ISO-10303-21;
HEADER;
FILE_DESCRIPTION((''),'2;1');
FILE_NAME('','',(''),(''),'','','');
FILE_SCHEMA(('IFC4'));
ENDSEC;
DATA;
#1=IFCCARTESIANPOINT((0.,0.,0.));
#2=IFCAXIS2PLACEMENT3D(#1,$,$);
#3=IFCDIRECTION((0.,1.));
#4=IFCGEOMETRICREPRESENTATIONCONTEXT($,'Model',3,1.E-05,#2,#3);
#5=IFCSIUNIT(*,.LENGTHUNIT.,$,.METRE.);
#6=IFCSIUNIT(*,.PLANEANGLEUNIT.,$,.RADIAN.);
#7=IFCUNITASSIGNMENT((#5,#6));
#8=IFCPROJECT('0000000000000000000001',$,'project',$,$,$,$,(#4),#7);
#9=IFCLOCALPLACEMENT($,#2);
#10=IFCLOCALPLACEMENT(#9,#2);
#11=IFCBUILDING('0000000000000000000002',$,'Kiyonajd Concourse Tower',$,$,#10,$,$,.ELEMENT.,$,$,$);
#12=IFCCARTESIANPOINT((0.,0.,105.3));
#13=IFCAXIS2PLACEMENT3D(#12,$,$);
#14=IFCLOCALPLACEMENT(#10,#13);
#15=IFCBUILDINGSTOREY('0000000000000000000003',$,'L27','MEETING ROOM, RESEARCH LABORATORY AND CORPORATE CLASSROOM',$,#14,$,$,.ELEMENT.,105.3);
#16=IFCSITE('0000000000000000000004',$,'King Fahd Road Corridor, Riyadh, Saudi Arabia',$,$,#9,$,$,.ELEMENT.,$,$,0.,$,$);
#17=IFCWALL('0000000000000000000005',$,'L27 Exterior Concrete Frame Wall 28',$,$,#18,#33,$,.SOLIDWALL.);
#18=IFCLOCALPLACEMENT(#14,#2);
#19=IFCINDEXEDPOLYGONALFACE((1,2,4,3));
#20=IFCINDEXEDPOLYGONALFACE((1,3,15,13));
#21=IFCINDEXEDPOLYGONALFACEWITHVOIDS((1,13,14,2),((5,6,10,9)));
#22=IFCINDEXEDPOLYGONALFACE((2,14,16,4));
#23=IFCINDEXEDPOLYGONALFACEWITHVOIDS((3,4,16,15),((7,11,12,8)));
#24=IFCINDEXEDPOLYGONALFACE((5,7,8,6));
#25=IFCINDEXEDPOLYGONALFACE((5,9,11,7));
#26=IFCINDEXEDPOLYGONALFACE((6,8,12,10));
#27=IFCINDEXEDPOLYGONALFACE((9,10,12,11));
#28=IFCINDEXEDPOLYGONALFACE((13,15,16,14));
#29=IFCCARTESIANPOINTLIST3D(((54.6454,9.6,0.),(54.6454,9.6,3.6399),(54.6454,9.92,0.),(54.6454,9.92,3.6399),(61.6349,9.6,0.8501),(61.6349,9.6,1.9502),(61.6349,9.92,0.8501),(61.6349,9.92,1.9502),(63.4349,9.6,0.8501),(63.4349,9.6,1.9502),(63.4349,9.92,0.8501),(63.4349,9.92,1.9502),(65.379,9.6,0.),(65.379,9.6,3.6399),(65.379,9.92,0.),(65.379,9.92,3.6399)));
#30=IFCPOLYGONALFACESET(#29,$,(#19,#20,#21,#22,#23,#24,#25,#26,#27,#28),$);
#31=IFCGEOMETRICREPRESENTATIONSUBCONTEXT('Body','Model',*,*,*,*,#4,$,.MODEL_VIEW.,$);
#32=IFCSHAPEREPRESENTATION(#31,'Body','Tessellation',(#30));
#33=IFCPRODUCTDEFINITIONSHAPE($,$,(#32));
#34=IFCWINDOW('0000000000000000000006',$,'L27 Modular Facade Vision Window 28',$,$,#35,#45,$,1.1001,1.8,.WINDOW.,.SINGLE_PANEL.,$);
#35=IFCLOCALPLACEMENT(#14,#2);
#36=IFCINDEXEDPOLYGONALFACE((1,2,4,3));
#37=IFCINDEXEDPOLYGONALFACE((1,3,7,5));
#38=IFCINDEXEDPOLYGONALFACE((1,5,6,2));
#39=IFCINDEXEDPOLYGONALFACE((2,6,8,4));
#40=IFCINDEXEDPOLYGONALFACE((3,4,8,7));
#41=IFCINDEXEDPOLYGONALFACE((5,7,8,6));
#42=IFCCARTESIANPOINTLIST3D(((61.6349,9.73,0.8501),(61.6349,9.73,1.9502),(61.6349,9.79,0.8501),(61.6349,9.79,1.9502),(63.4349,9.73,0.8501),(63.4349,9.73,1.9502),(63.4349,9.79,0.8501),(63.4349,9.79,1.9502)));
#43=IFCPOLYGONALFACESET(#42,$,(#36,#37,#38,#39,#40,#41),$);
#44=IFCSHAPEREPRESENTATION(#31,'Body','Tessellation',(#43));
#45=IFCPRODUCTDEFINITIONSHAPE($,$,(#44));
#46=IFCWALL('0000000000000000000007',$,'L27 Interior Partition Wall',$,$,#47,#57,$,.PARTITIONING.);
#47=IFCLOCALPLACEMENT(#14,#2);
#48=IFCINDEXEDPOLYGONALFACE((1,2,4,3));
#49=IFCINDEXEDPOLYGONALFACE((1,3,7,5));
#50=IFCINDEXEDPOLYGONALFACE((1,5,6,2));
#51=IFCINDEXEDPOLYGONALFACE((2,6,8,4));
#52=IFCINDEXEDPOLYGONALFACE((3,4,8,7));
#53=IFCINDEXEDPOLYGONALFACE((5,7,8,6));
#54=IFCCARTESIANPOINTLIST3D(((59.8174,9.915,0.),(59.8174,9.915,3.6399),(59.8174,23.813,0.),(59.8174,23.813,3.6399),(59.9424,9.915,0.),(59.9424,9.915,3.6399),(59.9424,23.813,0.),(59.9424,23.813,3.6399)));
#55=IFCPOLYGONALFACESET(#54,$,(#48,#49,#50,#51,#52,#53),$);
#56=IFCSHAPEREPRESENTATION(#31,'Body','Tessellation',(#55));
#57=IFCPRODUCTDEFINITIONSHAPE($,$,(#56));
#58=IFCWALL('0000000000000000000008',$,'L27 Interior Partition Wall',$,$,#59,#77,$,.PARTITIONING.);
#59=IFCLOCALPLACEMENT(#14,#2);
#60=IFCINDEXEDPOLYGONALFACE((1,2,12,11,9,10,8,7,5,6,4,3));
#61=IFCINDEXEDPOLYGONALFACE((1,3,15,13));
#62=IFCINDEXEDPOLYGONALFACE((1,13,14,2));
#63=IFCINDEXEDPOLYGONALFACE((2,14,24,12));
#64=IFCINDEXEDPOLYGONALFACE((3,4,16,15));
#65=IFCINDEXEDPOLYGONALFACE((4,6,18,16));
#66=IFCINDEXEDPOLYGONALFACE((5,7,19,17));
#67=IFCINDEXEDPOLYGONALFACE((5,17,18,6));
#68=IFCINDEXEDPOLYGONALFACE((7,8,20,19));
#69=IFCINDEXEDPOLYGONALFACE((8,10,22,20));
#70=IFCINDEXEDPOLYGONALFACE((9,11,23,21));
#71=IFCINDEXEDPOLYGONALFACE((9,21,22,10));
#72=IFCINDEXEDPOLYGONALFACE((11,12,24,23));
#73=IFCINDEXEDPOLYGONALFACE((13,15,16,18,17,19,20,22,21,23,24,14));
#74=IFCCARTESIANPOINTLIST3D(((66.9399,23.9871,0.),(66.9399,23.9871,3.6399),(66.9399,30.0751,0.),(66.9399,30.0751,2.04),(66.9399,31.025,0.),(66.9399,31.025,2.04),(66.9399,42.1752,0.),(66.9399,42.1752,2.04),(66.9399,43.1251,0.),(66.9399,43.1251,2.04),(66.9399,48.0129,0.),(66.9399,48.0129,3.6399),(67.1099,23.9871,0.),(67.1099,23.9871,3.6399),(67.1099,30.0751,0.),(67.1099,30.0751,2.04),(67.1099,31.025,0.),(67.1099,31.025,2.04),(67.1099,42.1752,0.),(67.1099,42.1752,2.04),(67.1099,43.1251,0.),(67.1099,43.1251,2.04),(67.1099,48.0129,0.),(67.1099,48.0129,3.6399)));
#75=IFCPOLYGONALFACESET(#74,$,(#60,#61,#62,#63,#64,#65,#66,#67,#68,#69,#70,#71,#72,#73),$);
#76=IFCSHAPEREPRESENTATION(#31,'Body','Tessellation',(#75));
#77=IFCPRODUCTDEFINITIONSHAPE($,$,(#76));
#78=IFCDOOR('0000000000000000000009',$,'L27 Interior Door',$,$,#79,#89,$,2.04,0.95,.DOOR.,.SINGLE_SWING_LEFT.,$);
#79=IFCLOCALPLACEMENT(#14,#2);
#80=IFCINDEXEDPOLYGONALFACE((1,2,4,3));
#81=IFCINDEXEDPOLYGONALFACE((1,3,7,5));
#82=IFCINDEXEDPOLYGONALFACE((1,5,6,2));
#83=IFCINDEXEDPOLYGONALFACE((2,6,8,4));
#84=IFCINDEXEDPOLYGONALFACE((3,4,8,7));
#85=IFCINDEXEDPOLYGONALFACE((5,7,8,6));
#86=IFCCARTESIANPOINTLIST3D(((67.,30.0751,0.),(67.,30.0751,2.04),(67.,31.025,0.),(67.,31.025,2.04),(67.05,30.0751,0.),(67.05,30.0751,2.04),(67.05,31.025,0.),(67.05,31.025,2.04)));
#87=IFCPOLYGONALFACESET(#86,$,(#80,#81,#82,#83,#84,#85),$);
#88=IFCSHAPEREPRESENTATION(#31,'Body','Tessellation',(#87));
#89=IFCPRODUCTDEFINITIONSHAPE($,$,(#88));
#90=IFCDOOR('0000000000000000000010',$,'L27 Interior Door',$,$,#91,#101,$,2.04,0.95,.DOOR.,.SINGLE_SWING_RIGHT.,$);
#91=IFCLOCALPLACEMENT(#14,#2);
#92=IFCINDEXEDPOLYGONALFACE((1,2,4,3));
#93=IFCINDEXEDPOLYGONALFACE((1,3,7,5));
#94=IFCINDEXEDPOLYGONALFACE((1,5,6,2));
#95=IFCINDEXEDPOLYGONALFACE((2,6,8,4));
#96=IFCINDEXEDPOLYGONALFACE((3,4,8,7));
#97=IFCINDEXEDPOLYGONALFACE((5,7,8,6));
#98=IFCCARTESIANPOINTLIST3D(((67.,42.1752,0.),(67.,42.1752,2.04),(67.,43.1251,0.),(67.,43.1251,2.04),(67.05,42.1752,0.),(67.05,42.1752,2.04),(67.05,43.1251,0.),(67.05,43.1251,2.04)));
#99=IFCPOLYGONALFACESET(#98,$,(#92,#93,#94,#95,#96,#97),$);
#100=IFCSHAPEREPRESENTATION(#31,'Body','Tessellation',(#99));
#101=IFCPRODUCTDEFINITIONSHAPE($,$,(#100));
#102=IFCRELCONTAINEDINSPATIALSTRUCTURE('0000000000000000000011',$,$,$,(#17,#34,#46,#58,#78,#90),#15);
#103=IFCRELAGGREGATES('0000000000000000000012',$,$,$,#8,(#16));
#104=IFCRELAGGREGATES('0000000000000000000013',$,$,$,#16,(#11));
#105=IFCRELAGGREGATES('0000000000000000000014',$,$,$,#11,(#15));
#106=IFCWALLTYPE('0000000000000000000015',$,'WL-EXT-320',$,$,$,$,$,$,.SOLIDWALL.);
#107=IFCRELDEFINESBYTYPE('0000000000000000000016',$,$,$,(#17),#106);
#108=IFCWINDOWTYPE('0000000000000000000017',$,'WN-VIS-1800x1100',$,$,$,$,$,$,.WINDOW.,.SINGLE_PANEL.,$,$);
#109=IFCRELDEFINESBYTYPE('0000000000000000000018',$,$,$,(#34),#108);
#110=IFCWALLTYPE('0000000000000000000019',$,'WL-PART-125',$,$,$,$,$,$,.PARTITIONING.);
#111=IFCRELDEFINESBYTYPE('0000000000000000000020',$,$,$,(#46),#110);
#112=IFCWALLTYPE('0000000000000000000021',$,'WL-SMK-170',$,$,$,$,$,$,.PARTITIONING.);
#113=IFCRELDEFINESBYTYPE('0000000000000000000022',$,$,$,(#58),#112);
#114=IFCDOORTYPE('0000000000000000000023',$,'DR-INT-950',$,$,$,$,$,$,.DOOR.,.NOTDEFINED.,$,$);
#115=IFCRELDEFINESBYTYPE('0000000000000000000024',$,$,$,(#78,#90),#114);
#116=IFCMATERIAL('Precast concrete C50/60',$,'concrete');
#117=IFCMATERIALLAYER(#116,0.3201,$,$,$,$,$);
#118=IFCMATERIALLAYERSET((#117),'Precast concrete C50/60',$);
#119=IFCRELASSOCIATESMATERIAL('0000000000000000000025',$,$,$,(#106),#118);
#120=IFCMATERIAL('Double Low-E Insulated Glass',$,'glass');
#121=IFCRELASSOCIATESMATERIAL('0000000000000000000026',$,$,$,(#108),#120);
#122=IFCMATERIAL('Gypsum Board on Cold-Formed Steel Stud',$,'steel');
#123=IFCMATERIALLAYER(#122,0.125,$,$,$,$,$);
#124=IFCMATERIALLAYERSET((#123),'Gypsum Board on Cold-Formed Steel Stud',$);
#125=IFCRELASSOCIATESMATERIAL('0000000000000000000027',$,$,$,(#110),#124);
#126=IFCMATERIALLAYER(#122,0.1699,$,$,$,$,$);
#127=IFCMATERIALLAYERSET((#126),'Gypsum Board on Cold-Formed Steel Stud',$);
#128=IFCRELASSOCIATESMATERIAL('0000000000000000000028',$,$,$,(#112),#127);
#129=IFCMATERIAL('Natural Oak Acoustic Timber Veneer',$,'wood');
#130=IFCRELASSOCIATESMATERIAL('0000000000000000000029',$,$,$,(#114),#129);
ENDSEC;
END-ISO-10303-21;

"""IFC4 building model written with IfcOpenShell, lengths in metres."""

from ifc_helpers import new_model, si_unit, direction, frame, frame_2d, origin, place, context, subcontext, project, spatial, rectangle, extrude, material, layer, layer_set, type_object, element, fill, save


model = new_model("IFC4")

# Units and contexts
model_context = context("Model", 3, precision=1e-05, world=origin(), true_north=direction((0.0, 1.0)))
body_context = subcontext(model_context, "Body", "Model", "MODEL_VIEW")
ifc_project = project(units=[si_unit("LENGTHUNIT", "METRE"), si_unit("PLANEANGLEUNIT", "RADIAN")], contexts=[model_context])

# Site, building, storey
site_placement = place(None, origin())
site = spatial("IfcSite", under=ifc_project, at=site_placement, Name="King Fahd Road Corridor, Riyadh, Saudi Arabia", CompositionType="ELEMENT", RefElevation=0.0)
building_placement = place(site_placement, origin())
building = spatial("IfcBuilding", under=site, at=building_placement, Name="Kiyonajd Concourse Tower", CompositionType="ELEMENT")
storey_placement = place(building_placement, frame((0.0, 0.0, 105.3)))
storey = spatial("IfcBuildingStorey", under=building, at=storey_placement, Name="L27", Description="MEETING ROOM, RESEARCH LABORATORY AND CORPORATE CLASSROOM", CompositionType="ELEMENT", Elevation=105.3)

# Shared definitions
ifc_material_1 = material(Name="Precast concrete C50/60", Category="concrete")

# Shared definitions
ifc_material_2 = material(Name="Double Low-E Insulated Glass", Category="glass")

# Shared definitions
ifc_layer_1 = layer(ifc_material_1, 0.3201)
ifc_layer_set_1 = layer_set([ifc_layer_1], Name="Precast concrete C50/60")
wall_type_1 = type_object("IfcWallType", Name="WL-EXT-320", PredefinedType="SOLIDWALL", material=ifc_layer_set_1)

# Wall, opening, window
wall_1_placement = place(storey_placement, frame((65.3789, 9.76, 0.0), z_axis=(0.0, 0.0, 1.0), x_axis=(-1.0, 0.0, 0.0)))
wall_1 = element("IfcWall", 1, at=wall_1_placement, inside=storey, type_object=wall_type_1, Name="L27 Exterior Concrete Frame Wall 28", PredefinedType="SOLIDWALL", context=body_context, shape_type="SweptSolid", body=[
    extrude(rectangle(XDim=10.7336, YDim=0.3201, at=frame_2d((5.3667, 0.0))), origin(), (0.0, 0.0, 1.0), 3.6399),
])
opening_1_placement = place(wall_1_placement, frame((1.9441, 0.0, 0.8501)))
opening_1 = element("IfcOpeningElement", 2, at=opening_1_placement, cuts=wall_1, PredefinedType="OPENING", context=body_context, shape_type="SweptSolid", body=[
    extrude(rectangle(XDim=1.8, YDim=1.1001, at=frame_2d((0.8999, 0.55))), frame((0.0, 0.1699, 0.0), z_axis=(0.0, -1.0, 0.0), x_axis=(1.0, 0.0, 0.0)), (0.0, 0.0, 1.0), 0.3401),
])
window_type = type_object("IfcWindowType", Name="WN-VIS-1800x1100", PartitioningType="SINGLE_PANEL", PredefinedType="WINDOW", material=ifc_material_2)
window_placement = place(opening_1_placement, origin())
window = element("IfcWindow", 3, at=window_placement, inside=storey, type_object=window_type, Name="L27 Modular Facade Vision Window 28", OverallHeight=1.1001, OverallWidth=1.8, PartitioningType="SINGLE_PANEL", PredefinedType="WINDOW", context=body_context, shape_type="SweptSolid", body=[
    extrude(rectangle(XDim=1.8, YDim=1.1001, at=frame_2d((0.8999, 0.55))), frame((0.0, 0.03, 0.0), z_axis=(0.0, -1.0, 0.0), x_axis=(1.0, 0.0, 0.0)), (0.0, 0.0, 1.0), 0.0601),
])
fill(opening_1, window)

# Wall
ifc_material_3 = material(Name="Gypsum Board on Cold-Formed Steel Stud", Category="steel")
ifc_layer_2 = layer(ifc_material_3, 0.125)
ifc_layer_set_2 = layer_set([ifc_layer_2], Name="Gypsum Board on Cold-Formed Steel Stud")
wall_type_2 = type_object("IfcWallType", Name="WL-PART-125", PredefinedType="PARTITIONING", material=ifc_layer_set_2)
wall_2_placement = place(storey_placement, frame((59.8799, 9.915, 0.0), z_axis=(0.0, 0.0, 1.0), x_axis=(0.0, 1.0, 0.0)))
element("IfcWall", 4, at=wall_2_placement, inside=storey, type_object=wall_type_2, Name="L27 Interior Partition Wall", PredefinedType="PARTITIONING", context=body_context, shape_type="SweptSolid", body=[
    extrude(rectangle(XDim=13.8979, YDim=0.125, at=frame_2d((6.949, 0.0))), origin(), (0.0, 0.0, 1.0), 3.6399),
])

# Wall, openings, doors
ifc_layer_3 = layer(ifc_material_3, 0.1699)
ifc_layer_set_3 = layer_set([ifc_layer_3], Name="Gypsum Board on Cold-Formed Steel Stud")
wall_type_3 = type_object("IfcWallType", Name="WL-SMK-170", PredefinedType="PARTITIONING", material=ifc_layer_set_3)
wall_3_placement = place(storey_placement, frame((67.0249, 23.9871, 0.0), z_axis=(0.0, 0.0, 1.0), x_axis=(0.0, 1.0, 0.0)))
wall_3 = element("IfcWall", 5, at=wall_3_placement, inside=storey, type_object=wall_type_3, Name="L27 Interior Partition Wall", PredefinedType="PARTITIONING", context=body_context, shape_type="SweptSolid", body=[
    extrude(rectangle(XDim=24.0259, YDim=0.1699, at=frame_2d((12.0129, 0.0))), origin(), (0.0, 0.0, 1.0), 3.6399),
])
opening_2_placement = place(wall_3_placement, frame((6.0879, 0.0, 0.0)))
opening_2 = element("IfcOpeningElement", 6, at=opening_2_placement, cuts=wall_3, PredefinedType="OPENING", context=body_context, shape_type="SweptSolid", body=[
    extrude(rectangle(XDim=0.95, YDim=2.04, at=frame_2d((0.4751, 1.02))), frame((0.0, 0.095, 0.0), z_axis=(0.0, -1.0, 0.0), x_axis=(1.0, 0.0, 0.0)), (0.0, 0.0, 1.0), 0.1899),
])
opening_3_placement = place(wall_3_placement, frame((18.188, 0.0, 0.0)))
opening_3 = element("IfcOpeningElement", 7, at=opening_3_placement, cuts=wall_3, PredefinedType="OPENING", context=body_context, shape_type="SweptSolid", body=[
    extrude(rectangle(XDim=0.95, YDim=2.04, at=frame_2d((0.4751, 1.02))), frame((0.0, 0.095, 0.0), z_axis=(0.0, -1.0, 0.0), x_axis=(1.0, 0.0, 0.0)), (0.0, 0.0, 1.0), 0.1899),
])
ifc_material_4 = material(Name="Natural Oak Acoustic Timber Veneer", Category="wood")
door_type = type_object("IfcDoorType", Name="DR-INT-950", OperationType="NOTDEFINED", PredefinedType="DOOR", material=ifc_material_4)
door_1_placement = place(opening_2_placement, origin())
door_1 = element("IfcDoor", 8, at=door_1_placement, inside=storey, type_object=door_type, Name="L27 Interior Door", OperationType="SINGLE_SWING_LEFT", OverallHeight=2.04, OverallWidth=0.95, PredefinedType="DOOR", context=body_context, shape_type="SweptSolid", body=[
    extrude(rectangle(XDim=0.95, YDim=2.04, at=frame_2d((0.4751, 1.02))), frame((0.0, 0.0249, 0.0), z_axis=(0.0, -1.0, 0.0), x_axis=(1.0, 0.0, 0.0)), (0.0, 0.0, 1.0), 0.05),
])
fill(opening_2, door_1)
door_2_placement = place(opening_3_placement, origin())
door_2 = element("IfcDoor", 9, at=door_2_placement, inside=storey, type_object=door_type, Name="L27 Interior Door", OperationType="SINGLE_SWING_RIGHT", OverallHeight=2.04, OverallWidth=0.95, PredefinedType="DOOR", context=body_context, shape_type="SweptSolid", body=[
    extrude(rectangle(XDim=0.95, YDim=2.04, at=frame_2d((0.4751, 1.02))), frame((0.0, 0.0249, 0.0), z_axis=(0.0, -1.0, 0.0), x_axis=(1.0, 0.0, 0.0)), (0.0, 0.0, 1.0), 0.05),
])
fill(opening_3, door_2)

save(model, "model.ifc")
